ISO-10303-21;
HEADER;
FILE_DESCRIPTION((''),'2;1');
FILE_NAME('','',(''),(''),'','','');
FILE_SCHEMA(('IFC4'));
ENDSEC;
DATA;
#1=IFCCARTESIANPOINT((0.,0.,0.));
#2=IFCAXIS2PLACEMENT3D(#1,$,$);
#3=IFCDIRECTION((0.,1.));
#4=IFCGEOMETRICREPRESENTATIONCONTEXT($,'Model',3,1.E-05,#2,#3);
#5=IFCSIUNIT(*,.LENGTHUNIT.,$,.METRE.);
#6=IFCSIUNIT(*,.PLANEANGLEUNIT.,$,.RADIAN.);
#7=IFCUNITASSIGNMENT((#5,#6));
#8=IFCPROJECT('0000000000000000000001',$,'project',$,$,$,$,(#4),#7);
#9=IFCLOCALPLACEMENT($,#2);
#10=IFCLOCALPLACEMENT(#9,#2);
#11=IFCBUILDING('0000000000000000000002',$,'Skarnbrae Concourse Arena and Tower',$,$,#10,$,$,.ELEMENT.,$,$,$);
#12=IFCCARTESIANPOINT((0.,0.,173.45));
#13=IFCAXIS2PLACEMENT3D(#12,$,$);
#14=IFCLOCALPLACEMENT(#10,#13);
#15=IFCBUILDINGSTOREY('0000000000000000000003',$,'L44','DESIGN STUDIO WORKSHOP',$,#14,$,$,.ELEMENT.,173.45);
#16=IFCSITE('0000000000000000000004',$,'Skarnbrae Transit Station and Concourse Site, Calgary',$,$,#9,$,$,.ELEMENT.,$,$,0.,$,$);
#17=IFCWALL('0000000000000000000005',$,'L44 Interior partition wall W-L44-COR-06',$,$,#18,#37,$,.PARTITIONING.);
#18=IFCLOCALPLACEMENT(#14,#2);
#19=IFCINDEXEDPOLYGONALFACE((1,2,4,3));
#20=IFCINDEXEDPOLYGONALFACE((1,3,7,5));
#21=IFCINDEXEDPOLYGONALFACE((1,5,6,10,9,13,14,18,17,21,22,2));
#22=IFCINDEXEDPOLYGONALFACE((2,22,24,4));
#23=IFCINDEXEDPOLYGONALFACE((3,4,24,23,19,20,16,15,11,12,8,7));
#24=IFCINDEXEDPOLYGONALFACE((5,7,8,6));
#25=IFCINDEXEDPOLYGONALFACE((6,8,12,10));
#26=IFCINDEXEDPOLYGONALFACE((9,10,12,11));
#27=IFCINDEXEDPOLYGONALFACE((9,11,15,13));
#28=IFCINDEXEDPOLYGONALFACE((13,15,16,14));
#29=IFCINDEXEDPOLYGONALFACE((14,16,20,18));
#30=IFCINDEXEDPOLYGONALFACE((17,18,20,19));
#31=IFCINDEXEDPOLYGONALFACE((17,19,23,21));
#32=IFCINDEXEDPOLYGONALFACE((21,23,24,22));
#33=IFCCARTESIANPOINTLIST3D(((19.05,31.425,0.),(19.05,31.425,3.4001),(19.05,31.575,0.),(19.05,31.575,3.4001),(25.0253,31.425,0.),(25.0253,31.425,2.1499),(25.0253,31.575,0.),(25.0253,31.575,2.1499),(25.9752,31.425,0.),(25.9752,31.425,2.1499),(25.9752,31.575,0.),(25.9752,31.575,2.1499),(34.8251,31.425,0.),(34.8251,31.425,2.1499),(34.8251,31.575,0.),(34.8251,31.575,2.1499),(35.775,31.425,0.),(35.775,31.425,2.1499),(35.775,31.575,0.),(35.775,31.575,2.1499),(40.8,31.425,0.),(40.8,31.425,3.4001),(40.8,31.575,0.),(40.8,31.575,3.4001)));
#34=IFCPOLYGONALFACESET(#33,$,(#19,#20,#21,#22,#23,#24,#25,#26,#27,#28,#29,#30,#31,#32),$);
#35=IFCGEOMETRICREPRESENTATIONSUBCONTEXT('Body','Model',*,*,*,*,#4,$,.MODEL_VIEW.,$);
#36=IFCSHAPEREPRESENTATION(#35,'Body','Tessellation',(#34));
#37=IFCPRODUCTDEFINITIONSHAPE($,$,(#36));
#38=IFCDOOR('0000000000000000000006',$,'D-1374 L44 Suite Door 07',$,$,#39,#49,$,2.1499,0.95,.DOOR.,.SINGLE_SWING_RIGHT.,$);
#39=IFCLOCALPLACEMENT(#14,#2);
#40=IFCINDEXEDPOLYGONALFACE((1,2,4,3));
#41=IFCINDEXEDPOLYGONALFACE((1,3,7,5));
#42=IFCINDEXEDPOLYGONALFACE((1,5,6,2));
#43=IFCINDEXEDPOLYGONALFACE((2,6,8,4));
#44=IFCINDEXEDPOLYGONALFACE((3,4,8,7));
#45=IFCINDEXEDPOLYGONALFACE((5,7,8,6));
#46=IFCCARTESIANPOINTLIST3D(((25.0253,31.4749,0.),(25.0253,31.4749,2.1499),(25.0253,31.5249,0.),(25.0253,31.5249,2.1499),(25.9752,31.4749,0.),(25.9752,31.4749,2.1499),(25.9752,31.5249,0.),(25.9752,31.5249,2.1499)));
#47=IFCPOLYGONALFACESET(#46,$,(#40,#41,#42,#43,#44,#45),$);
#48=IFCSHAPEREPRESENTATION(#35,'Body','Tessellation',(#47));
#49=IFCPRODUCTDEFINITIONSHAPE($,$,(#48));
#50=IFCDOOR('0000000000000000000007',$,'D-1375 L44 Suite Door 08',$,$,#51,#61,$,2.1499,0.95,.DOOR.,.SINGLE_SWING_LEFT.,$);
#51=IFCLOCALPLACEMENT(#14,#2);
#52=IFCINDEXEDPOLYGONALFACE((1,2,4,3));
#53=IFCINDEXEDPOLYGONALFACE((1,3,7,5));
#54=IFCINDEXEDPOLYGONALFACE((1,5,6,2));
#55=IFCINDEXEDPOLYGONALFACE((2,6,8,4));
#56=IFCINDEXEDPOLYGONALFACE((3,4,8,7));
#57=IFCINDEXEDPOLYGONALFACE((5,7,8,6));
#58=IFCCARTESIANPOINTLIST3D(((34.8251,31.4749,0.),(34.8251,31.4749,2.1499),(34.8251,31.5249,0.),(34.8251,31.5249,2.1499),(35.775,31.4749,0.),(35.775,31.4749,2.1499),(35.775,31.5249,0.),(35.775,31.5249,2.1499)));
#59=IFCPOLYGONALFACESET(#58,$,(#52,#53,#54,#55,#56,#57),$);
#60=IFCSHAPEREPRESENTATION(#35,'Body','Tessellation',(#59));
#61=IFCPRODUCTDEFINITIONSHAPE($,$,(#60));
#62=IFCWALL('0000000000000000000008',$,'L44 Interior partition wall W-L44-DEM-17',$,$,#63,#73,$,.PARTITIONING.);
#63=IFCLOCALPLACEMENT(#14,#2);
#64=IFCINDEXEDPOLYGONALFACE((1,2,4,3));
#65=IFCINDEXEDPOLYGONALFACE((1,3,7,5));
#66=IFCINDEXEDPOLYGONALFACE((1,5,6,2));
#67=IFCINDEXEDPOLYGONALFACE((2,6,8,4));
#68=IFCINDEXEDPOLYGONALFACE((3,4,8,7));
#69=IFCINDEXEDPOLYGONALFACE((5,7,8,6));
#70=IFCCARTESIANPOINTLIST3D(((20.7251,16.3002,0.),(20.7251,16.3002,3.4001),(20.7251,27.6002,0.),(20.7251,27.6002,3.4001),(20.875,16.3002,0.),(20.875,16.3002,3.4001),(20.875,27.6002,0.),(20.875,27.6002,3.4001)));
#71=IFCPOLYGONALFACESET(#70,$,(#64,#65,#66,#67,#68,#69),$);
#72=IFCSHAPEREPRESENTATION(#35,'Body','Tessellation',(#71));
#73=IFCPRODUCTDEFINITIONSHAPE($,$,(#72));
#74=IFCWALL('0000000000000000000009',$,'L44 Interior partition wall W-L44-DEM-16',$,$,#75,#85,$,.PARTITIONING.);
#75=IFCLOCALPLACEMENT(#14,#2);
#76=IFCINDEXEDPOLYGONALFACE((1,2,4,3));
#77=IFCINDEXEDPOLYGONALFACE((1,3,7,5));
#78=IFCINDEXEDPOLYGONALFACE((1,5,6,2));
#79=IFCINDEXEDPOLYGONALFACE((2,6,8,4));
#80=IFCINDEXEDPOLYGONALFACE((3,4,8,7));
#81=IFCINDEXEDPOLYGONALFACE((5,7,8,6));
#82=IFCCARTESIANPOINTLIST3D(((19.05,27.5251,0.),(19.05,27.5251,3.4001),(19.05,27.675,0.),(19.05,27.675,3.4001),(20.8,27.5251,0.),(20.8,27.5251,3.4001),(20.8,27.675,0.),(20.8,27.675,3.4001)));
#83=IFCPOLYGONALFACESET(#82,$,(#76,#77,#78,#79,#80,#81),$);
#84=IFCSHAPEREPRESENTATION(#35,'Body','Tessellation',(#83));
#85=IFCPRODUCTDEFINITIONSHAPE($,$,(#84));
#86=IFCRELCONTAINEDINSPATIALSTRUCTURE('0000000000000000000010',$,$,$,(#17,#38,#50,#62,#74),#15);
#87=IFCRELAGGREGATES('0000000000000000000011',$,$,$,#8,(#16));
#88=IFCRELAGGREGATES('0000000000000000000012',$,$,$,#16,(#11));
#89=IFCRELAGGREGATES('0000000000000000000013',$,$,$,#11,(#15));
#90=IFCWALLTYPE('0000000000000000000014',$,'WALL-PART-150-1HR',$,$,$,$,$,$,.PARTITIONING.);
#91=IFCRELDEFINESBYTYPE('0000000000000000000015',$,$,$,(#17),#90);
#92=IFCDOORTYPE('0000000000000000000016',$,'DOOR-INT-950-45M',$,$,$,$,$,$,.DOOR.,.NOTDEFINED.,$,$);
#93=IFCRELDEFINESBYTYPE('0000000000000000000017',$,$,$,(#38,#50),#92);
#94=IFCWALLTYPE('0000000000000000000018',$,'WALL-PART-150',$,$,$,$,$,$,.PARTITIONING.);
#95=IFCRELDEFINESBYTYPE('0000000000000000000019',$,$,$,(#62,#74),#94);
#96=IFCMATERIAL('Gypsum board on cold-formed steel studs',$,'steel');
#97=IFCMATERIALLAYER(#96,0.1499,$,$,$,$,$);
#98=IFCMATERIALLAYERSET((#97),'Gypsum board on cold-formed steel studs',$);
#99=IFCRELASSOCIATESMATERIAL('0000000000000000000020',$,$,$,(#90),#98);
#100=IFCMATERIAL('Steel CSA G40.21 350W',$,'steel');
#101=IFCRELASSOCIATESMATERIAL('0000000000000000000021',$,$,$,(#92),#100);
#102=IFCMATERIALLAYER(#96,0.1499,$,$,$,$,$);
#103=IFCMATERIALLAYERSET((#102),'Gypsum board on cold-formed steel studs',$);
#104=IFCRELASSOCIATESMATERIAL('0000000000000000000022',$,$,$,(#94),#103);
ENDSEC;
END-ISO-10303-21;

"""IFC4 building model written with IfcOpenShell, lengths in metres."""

from ifc_helpers import new_model, si_unit, direction, frame, frame_2d, origin, place, context, subcontext, project, spatial, rectangle, extrude, source, transform, mapped, material, layer, layer_set, type_object, element, fill, save


model = new_model("IFC4")

# Units and contexts
model_context = context("Model", 3, precision=1e-05, world=origin(), true_north=direction((0.0, 1.0)))
body_context = subcontext(model_context, "Body", "Model", "MODEL_VIEW")
ifc_project = project(units=[si_unit("LENGTHUNIT", "METRE"), si_unit("PLANEANGLEUNIT", "RADIAN")], contexts=[model_context])

# Site, building, storey
site_placement = place(None, origin())
site = spatial("IfcSite", under=ifc_project, at=site_placement, Name="Skarnbrae Transit Station and Concourse Site, Calgary", CompositionType="ELEMENT", RefElevation=0.0)
building_placement = place(site_placement, origin())
building = spatial("IfcBuilding", under=site, at=building_placement, Name="Skarnbrae Concourse Arena and Tower", CompositionType="ELEMENT")
storey_placement = place(building_placement, frame((0.0, 0.0, 173.45)))
storey = spatial("IfcBuildingStorey", under=building, at=storey_placement, Name="L44", Description="DESIGN STUDIO WORKSHOP", CompositionType="ELEMENT", Elevation=173.45)

# Shared definitions
ifc_material_1 = material(Name="Steel CSA G40.21 350W", Category="steel")

# Shared definitions
ifc_material_2 = material(Name="Gypsum board on cold-formed steel studs", Category="steel")
ifc_layer_1 = layer(ifc_material_2, 0.1499)
ifc_layer_set_1 = layer_set([ifc_layer_1], Name="Gypsum board on cold-formed steel studs")
wall_type_1 = type_object("IfcWallType", Name="WALL-PART-150-1HR", PredefinedType="PARTITIONING", material=ifc_layer_set_1)
door_type = type_object("IfcDoorType", Name="DOOR-INT-950-45M", OperationType="NOTDEFINED", PredefinedType="DOOR", material=ifc_material_1)
shared_shape_1 = source(origin(), body_context, "Body", "SweptSolid", [
    extrude(rectangle(XDim=0.95, YDim=2.1499, at=frame_2d((0.4751, 1.075))), frame((0.0, 0.0249, 0.0), z_axis=(0.0, -1.0, 0.0), x_axis=(1.0, 0.0, 0.0)), (0.0, 0.0, 1.0), 0.05),
])

# Wall, openings, doors
shared_shape_2 = source(origin(), body_context, "Body", "SweptSolid", [
    extrude(rectangle(XDim=21.75, YDim=0.1499, at=frame_2d((10.875, 0.0))), origin(), (0.0, 0.0, 1.0), 3.4001),
])
wall_1_placement = place(storey_placement, frame((19.05, 31.5, 0.0), z_axis=(0.0, 0.0, 1.0), x_axis=(1.0, 0.0, 0.0)))
wall_1 = element("IfcWall", 1, at=wall_1_placement, inside=storey, type_object=wall_type_1, Name="L44 Interior partition wall W-L44-COR-06", PredefinedType="PARTITIONING", context=body_context, shape_type="MappedRepresentation", body=[
    mapped(shared_shape_2, transform((0.0, 0.0, 0.0))),
])
opening_1_placement = place(wall_1_placement, frame((5.9751, 0.0, 0.0)))
opening_1 = element("IfcOpeningElement", 2, at=opening_1_placement, cuts=wall_1, PredefinedType="OPENING", context=body_context, shape_type="SweptSolid", body=[
    extrude(rectangle(XDim=0.95, YDim=2.1499, at=frame_2d((0.4751, 1.075))), frame((0.0, 0.085, 0.0), z_axis=(0.0, -1.0, 0.0), x_axis=(1.0, 0.0, 0.0)), (0.0, 0.0, 1.0), 0.1699),
])
opening_2_placement = place(wall_1_placement, frame((15.7749, 0.0, 0.0)))
opening_2 = element("IfcOpeningElement", 3, at=opening_2_placement, cuts=wall_1, PredefinedType="OPENING", context=body_context, shape_type="SweptSolid", body=[
    extrude(rectangle(XDim=0.95, YDim=2.1499, at=frame_2d((0.4751, 1.075))), frame((0.0, 0.085, 0.0), z_axis=(0.0, -1.0, 0.0), x_axis=(1.0, 0.0, 0.0)), (0.0, 0.0, 1.0), 0.1699),
])
door_1_placement = place(opening_1_placement, origin())
door_1 = element("IfcDoor", 4, at=door_1_placement, inside=storey, type_object=door_type, Name="D-1374 L44 Suite Door 07", OperationType="SINGLE_SWING_RIGHT", OverallHeight=2.1499, OverallWidth=0.95, PredefinedType="DOOR", context=body_context, shape_type="MappedRepresentation", body=[
    mapped(shared_shape_1, transform((0.0, 0.0, 0.0))),
])
fill(opening_1, door_1)
door_2_placement = place(opening_2_placement, origin())
door_2 = element("IfcDoor", 5, at=door_2_placement, inside=storey, type_object=door_type, Name="D-1375 L44 Suite Door 08", OperationType="SINGLE_SWING_LEFT", OverallHeight=2.1499, OverallWidth=0.95, PredefinedType="DOOR", context=body_context, shape_type="MappedRepresentation", body=[
    mapped(shared_shape_1, transform((0.0, 0.0, 0.0))),
])
fill(opening_2, door_2)

# Walls
ifc_layer_2 = layer(ifc_material_2, 0.1499)
ifc_layer_set_2 = layer_set([ifc_layer_2], Name="Gypsum board on cold-formed steel studs")
wall_type_2 = type_object("IfcWallType", Name="WALL-PART-150", PredefinedType="PARTITIONING", material=ifc_layer_set_2)
shared_shape_3 = source(origin(), body_context, "Body", "SweptSolid", [
    extrude(rectangle(XDim=11.3, YDim=0.1499, at=frame_2d((5.6499, 0.0))), origin(), (0.0, 0.0, 1.0), 3.4001),
])
wall_2_placement = place(storey_placement, frame((20.8, 27.6001, 0.0), z_axis=(0.0, 0.0, 1.0), x_axis=(0.0, -1.0, 0.0)))
element("IfcWall", 6, at=wall_2_placement, inside=storey, type_object=wall_type_2, Name="L44 Interior partition wall W-L44-DEM-17", PredefinedType="PARTITIONING", context=body_context, shape_type="MappedRepresentation", body=[
    mapped(shared_shape_3, transform((0.0, 0.0, 0.0))),
])
shared_shape_4 = source(origin(), body_context, "Body", "SweptSolid", [
    extrude(rectangle(XDim=1.75, YDim=0.1499, at=frame_2d((0.875, 0.0))), origin(), (0.0, 0.0, 1.0), 3.4001),
])
wall_3_placement = place(storey_placement, frame((19.05, 27.6001, 0.0), z_axis=(0.0, 0.0, 1.0), x_axis=(1.0, 0.0, 0.0)))
element("IfcWall", 7, at=wall_3_placement, inside=storey, type_object=wall_type_2, Name="L44 Interior partition wall W-L44-DEM-16", PredefinedType="PARTITIONING", context=body_context, shape_type="MappedRepresentation", body=[
    mapped(shared_shape_4, transform((0.0, 0.0, 0.0))),
])

save(model, "model.ifc")
